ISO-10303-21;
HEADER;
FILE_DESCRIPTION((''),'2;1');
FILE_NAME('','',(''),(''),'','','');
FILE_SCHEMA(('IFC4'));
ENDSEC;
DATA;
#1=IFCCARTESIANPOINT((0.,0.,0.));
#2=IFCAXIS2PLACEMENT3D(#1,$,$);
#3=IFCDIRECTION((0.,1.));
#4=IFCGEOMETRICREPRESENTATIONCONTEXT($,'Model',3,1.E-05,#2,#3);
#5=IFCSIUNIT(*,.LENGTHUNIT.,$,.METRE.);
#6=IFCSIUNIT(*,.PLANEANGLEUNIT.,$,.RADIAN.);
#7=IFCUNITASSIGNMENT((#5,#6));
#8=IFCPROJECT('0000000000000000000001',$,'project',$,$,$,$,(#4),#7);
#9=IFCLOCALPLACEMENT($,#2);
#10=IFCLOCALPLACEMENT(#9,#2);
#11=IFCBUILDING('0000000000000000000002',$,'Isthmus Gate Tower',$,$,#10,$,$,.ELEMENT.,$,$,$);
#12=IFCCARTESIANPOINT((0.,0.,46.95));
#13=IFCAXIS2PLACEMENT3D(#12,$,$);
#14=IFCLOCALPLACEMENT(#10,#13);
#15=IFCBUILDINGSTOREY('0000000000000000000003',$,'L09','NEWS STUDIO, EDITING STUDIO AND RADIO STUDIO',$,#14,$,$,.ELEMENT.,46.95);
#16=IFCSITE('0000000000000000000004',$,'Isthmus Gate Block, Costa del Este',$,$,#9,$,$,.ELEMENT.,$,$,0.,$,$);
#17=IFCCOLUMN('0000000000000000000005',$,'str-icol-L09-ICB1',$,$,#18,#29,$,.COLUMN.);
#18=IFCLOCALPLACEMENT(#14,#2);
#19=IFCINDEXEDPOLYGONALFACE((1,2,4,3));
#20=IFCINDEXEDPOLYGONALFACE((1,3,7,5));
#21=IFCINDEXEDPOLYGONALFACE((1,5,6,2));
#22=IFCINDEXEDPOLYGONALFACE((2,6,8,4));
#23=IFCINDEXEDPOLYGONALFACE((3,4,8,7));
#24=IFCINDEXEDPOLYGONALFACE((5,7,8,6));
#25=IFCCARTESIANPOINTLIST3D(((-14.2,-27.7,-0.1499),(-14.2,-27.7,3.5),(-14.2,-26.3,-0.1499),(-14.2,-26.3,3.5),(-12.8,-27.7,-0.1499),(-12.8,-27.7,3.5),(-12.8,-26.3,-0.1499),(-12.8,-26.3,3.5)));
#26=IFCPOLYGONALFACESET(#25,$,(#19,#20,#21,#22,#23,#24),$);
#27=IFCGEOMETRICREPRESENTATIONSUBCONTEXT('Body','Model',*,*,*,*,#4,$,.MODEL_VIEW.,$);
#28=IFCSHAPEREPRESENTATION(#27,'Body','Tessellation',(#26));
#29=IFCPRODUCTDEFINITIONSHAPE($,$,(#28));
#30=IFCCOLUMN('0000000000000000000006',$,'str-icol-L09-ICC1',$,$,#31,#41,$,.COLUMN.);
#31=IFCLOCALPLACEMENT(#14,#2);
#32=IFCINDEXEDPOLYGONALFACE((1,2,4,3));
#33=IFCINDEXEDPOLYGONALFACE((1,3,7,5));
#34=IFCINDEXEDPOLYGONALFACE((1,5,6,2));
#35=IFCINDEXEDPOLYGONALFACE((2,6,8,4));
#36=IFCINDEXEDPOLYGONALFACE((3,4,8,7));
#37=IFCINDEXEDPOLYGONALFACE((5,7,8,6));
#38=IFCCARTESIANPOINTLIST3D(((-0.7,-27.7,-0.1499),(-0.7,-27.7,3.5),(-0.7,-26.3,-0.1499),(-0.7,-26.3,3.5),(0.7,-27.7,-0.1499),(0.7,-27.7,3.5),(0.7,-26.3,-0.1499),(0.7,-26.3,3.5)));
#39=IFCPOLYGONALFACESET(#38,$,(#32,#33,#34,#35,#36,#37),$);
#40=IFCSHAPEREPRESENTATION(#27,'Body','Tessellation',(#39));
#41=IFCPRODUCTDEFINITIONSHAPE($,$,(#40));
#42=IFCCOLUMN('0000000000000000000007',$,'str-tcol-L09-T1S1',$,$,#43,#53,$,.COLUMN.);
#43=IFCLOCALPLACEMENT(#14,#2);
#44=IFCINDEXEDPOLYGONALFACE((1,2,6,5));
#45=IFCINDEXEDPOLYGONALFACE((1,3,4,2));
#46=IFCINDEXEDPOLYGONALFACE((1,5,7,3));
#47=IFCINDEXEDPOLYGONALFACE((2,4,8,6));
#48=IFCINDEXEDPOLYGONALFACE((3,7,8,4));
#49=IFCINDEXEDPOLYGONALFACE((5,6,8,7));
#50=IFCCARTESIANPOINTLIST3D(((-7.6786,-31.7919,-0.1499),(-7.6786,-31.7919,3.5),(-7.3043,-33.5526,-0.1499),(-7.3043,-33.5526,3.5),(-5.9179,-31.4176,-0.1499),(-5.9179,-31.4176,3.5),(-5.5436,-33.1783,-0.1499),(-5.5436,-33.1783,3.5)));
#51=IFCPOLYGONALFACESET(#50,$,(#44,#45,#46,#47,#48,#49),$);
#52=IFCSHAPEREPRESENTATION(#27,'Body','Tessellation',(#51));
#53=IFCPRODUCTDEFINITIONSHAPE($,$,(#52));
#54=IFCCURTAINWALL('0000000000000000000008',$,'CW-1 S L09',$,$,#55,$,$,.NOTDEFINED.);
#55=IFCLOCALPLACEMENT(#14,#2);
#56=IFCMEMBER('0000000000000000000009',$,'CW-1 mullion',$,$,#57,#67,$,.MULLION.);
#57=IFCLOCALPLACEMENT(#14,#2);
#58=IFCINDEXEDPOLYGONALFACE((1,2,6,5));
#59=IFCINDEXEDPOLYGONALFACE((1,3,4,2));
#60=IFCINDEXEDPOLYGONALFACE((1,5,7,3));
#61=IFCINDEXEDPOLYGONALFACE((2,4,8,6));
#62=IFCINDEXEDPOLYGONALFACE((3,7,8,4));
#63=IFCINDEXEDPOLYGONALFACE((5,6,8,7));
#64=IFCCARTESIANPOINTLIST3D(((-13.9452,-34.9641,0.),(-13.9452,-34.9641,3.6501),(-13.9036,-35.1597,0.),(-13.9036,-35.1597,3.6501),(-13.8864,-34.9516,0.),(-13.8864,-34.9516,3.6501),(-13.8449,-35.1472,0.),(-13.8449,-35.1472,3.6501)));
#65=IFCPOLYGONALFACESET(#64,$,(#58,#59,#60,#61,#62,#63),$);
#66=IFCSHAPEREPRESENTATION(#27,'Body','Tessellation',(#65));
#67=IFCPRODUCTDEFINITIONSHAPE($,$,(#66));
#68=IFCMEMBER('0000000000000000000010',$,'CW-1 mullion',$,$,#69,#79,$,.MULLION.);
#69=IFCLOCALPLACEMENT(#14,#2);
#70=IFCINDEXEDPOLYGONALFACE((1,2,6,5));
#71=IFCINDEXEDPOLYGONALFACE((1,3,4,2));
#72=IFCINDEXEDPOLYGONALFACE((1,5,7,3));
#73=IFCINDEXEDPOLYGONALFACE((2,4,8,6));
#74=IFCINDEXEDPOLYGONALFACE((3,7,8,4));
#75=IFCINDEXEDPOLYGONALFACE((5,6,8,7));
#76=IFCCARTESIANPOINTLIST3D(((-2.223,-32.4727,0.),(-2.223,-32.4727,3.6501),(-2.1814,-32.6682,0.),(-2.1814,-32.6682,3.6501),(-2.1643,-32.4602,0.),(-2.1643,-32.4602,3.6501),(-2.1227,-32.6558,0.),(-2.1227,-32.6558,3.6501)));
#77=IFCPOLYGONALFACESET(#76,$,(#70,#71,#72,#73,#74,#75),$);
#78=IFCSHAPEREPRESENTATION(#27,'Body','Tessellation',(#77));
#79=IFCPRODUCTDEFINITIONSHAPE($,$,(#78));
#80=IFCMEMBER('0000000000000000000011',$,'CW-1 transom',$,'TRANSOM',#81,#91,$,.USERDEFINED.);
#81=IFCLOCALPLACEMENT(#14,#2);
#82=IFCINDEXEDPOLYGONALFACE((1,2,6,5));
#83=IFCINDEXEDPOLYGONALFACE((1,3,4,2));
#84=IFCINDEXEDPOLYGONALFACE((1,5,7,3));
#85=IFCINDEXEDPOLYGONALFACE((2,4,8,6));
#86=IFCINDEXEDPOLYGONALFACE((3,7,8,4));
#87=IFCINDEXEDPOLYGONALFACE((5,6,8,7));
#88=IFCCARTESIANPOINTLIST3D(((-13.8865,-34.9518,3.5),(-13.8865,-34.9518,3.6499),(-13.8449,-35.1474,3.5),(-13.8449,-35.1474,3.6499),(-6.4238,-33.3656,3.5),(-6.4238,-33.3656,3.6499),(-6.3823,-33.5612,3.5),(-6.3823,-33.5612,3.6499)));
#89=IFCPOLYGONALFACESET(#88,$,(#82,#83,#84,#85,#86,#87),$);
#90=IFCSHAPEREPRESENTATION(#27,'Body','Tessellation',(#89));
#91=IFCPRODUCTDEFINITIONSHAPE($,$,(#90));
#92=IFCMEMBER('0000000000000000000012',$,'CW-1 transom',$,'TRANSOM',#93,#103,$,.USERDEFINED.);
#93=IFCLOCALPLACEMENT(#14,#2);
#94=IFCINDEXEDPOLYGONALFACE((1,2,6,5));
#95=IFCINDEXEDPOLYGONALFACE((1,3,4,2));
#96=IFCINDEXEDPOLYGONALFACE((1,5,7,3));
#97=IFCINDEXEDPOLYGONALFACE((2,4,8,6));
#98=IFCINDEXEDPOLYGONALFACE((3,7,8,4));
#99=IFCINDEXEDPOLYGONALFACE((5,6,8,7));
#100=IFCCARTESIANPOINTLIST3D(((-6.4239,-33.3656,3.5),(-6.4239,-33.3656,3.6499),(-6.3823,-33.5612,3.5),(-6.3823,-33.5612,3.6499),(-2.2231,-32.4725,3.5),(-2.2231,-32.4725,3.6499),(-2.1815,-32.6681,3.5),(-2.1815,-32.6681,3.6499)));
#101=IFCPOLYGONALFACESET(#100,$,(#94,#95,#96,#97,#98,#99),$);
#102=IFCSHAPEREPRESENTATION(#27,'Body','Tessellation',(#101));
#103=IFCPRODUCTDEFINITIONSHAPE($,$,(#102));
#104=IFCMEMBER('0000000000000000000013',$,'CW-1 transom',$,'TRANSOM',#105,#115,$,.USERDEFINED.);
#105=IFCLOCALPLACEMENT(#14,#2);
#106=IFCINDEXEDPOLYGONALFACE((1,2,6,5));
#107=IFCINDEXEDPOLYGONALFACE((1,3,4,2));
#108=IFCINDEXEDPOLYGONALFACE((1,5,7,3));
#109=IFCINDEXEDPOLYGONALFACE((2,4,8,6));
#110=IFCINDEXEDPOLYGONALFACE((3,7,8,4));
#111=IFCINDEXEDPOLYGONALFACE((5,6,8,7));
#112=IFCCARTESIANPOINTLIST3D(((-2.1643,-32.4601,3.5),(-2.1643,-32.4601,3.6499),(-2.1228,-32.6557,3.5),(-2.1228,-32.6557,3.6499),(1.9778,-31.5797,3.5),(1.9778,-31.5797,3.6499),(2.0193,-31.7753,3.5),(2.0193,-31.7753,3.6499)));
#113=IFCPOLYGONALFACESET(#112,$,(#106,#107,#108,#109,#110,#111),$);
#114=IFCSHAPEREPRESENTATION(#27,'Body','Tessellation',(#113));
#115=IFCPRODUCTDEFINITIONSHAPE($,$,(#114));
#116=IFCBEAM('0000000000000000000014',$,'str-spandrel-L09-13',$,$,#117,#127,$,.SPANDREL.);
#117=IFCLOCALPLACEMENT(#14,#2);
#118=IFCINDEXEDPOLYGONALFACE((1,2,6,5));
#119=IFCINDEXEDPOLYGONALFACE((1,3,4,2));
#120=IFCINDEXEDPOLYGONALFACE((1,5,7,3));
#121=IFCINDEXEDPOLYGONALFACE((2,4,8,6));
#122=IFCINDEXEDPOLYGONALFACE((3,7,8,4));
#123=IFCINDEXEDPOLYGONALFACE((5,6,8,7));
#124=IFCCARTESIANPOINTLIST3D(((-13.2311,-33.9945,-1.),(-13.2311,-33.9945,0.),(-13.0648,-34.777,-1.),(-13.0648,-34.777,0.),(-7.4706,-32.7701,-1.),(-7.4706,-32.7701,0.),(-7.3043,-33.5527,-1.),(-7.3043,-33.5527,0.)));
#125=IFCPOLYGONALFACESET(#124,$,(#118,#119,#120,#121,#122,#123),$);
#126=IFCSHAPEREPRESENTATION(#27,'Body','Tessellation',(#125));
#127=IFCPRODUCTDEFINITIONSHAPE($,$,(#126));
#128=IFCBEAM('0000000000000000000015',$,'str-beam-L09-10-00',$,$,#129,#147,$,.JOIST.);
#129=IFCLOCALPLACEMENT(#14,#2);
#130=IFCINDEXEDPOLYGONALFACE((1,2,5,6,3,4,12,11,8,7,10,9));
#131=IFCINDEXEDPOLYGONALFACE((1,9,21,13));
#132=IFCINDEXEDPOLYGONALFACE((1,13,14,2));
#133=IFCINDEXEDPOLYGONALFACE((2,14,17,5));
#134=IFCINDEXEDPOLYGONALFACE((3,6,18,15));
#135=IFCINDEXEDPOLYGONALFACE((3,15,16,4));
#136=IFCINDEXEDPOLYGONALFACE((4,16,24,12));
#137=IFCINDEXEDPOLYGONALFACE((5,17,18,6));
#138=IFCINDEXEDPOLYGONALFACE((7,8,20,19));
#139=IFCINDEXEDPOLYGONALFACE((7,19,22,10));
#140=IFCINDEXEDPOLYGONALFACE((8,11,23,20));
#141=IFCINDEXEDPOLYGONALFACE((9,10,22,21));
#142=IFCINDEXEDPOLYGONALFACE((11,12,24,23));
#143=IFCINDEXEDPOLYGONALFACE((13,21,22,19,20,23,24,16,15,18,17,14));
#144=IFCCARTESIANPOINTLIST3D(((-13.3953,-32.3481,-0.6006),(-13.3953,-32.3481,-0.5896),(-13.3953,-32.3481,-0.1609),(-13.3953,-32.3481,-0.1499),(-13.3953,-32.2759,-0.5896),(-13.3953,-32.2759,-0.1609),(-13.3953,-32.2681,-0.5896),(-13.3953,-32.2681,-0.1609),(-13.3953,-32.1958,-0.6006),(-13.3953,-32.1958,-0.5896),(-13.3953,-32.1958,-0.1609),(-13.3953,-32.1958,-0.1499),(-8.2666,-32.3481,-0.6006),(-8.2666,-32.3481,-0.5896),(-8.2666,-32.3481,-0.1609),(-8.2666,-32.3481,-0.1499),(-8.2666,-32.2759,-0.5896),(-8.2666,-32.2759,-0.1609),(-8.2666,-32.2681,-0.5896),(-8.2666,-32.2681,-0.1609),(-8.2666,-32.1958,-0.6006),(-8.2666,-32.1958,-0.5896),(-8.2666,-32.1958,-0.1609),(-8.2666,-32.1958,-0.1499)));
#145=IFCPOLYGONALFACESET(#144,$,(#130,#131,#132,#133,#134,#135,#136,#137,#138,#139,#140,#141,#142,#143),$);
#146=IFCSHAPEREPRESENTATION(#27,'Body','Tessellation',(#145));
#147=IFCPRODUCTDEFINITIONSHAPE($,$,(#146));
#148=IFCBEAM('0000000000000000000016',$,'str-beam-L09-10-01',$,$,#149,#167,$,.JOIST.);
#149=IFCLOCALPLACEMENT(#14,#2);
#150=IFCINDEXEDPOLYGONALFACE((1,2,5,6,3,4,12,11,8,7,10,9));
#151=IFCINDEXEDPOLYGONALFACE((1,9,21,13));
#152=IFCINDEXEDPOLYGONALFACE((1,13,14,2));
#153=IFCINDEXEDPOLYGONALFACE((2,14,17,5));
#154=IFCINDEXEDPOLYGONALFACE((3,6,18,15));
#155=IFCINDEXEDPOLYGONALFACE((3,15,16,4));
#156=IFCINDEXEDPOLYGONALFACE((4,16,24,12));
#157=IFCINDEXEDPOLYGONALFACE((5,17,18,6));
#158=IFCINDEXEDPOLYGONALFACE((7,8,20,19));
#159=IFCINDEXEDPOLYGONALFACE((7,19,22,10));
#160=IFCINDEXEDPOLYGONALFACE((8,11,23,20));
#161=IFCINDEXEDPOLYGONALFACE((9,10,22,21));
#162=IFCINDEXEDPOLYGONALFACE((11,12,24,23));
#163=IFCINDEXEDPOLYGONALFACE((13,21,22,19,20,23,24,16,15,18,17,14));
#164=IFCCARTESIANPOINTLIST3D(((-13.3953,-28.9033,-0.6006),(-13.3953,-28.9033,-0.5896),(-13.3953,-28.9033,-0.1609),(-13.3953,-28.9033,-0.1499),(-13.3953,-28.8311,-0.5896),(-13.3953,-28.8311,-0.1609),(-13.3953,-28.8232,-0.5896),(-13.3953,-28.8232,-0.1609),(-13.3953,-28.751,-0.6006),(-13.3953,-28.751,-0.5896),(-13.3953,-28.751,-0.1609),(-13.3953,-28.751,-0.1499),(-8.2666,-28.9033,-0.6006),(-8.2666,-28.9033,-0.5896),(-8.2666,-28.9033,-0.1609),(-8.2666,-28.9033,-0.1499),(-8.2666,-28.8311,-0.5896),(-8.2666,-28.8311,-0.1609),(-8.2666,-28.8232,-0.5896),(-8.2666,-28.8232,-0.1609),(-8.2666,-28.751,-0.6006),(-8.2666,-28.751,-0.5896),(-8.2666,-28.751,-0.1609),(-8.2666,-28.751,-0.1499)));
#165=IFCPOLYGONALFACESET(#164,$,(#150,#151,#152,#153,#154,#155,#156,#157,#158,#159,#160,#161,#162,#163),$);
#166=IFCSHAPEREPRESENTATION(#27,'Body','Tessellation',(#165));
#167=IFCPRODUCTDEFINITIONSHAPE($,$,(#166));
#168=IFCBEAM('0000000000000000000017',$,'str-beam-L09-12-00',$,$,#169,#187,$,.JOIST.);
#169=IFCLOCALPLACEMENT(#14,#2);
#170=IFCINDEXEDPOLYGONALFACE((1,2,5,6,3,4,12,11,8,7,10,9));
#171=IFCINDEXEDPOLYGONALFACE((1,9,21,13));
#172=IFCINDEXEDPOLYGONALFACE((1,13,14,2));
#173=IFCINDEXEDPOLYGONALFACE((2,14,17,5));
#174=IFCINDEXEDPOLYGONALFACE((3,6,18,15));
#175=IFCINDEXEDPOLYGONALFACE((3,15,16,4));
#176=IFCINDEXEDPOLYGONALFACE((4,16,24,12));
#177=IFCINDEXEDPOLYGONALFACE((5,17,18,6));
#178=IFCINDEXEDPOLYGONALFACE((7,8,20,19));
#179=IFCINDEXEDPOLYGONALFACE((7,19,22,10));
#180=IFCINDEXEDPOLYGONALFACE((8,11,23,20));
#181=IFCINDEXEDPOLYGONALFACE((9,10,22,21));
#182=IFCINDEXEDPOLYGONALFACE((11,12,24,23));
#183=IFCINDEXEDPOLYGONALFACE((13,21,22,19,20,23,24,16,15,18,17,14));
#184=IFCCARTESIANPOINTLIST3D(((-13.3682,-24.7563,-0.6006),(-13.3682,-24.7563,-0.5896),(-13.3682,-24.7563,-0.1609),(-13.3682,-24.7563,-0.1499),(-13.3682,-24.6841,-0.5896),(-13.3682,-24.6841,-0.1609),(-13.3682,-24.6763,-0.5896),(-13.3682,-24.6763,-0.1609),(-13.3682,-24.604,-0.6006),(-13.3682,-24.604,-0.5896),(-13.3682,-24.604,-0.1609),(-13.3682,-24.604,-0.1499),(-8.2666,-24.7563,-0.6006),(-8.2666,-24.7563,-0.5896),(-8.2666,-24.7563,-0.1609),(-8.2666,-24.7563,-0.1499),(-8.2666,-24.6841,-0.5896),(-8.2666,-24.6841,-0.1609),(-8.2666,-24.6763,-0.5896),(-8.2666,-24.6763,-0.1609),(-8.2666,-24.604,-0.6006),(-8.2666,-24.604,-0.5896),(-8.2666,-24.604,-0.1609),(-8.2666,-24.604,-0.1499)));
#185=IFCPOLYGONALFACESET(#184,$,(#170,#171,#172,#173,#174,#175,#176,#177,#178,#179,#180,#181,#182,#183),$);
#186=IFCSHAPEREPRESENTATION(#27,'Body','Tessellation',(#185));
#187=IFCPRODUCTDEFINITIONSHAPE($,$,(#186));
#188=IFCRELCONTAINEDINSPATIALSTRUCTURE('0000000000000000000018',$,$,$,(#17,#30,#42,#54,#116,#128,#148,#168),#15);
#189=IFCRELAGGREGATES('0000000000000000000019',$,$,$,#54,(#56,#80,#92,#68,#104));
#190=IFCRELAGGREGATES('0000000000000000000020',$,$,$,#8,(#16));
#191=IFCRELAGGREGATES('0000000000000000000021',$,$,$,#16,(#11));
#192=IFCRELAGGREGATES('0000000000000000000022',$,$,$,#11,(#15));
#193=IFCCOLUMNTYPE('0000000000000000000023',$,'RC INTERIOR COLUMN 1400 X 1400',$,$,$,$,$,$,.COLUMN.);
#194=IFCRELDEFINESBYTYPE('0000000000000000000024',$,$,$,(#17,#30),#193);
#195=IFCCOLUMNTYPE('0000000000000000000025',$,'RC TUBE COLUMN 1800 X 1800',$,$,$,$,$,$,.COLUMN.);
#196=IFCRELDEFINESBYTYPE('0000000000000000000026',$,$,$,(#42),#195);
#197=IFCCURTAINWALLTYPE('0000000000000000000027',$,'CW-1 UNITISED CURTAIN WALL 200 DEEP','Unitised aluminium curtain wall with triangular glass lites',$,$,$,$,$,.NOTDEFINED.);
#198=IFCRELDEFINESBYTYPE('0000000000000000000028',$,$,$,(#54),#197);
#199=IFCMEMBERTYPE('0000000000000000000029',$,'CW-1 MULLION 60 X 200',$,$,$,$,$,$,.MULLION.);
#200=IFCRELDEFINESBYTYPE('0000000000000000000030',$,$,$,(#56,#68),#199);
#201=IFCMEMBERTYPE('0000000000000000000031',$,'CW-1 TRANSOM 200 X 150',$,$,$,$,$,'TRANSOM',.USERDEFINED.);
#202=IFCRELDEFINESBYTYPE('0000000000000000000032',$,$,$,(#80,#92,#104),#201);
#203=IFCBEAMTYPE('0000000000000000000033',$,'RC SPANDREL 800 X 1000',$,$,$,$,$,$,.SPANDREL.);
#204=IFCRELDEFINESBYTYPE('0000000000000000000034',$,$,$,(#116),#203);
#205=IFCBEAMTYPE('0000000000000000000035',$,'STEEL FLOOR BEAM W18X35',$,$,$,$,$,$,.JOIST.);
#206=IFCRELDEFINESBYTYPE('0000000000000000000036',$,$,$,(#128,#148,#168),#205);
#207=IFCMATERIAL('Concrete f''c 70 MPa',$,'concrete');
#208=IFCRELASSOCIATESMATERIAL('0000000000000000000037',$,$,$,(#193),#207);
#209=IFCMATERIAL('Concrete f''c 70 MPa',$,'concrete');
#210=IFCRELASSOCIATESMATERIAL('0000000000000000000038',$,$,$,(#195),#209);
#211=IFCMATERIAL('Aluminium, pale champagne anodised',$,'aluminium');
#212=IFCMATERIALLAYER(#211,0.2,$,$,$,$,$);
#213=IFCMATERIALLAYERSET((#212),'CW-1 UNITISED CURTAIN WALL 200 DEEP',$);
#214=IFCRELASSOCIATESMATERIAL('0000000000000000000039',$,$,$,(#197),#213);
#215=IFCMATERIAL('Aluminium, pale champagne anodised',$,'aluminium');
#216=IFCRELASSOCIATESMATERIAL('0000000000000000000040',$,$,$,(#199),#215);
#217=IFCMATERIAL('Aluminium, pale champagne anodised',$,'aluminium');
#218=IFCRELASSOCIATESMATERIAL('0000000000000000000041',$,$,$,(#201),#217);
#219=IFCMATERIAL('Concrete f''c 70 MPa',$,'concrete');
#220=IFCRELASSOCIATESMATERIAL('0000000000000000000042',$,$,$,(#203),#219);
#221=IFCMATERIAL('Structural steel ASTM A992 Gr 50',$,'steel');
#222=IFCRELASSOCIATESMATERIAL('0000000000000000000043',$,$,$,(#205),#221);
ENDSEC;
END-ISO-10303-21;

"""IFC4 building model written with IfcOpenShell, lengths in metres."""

from ifc_helpers import new_model, si_unit, direction, frame, origin, origin_2d, place, context, subcontext, project, spatial, rectangle, i_section, extrude, material, layer, layer_set, material_profile, profile_set, type_object, element, aggregate, save


model = new_model("IFC4")

# Units and contexts
model_context = context("Model", 3, precision=1e-05, world=origin(), true_north=direction((0.0, 1.0)))
body_context = subcontext(model_context, "Body", "Model", "MODEL_VIEW")
ifc_project = project(units=[si_unit("LENGTHUNIT", "METRE"), si_unit("PLANEANGLEUNIT", "RADIAN")], contexts=[model_context])

# Site, building, storey
site_placement = place(None, origin())
site = spatial("IfcSite", under=ifc_project, at=site_placement, Name="Isthmus Gate Block, Costa del Este", CompositionType="ELEMENT", RefElevation=0.0)
building_placement = place(site_placement, origin())
building = spatial("IfcBuilding", under=site, at=building_placement, Name="Isthmus Gate Tower", CompositionType="ELEMENT")
storey_placement = place(building_placement, frame((0.0, 0.0, 46.95)))
storey = spatial("IfcBuildingStorey", under=building, at=storey_placement, Name="L09", Description="NEWS STUDIO, EDITING STUDIO AND RADIO STUDIO", CompositionType="ELEMENT", Elevation=46.95)

# Columns
ifc_material_1 = material(Name="Concrete f'c 70 MPa", Category="concrete")
ifc_material_profile_1 = material_profile(ifc_material_1, rectangle(XDim=1.3999, YDim=1.3999, at=origin_2d()), Name="RC 1400X1400")
ifc_profile_set_1 = profile_set([ifc_material_profile_1], Name="Concrete f'c 70 MPa")
column_type_1 = type_object("IfcColumnType", Name="RC INTERIOR COLUMN 1400 X 1400", PredefinedType="COLUMN", material=ifc_profile_set_1)
for number, where, z_axis, x_axis, name in (
    (1, (-13.5, -27.0, -0.1499), (0.0, 0.0, 1.0), (1.0, 0.0, 0.0), "str-icol-L09-ICB1"),
    (2, (0.0, -27.0, -0.1499), (0.0, 0.0, 1.0), (1.0, 0.0, 0.0), "str-icol-L09-ICC1"),
):
    element("IfcColumn", number, at=place(storey_placement, frame(where, z_axis=z_axis, x_axis=x_axis)), inside=storey, type_object=column_type_1, Name=name, PredefinedType="COLUMN", context=body_context, shape_type="SweptSolid", body=[
        extrude(rectangle(XDim=1.3999, YDim=1.3999, at=origin_2d()), origin(), (0.0, 0.0, 1.0), 3.6499),
    ])
ifc_material_2 = material(Name="Concrete f'c 70 MPa", Category="concrete")
ifc_material_profile_2 = material_profile(ifc_material_2, rectangle(XDim=1.8, YDim=1.8, at=origin_2d()), Name="RC 1800X1800")
ifc_profile_set_2 = profile_set([ifc_material_profile_2], Name="Concrete f'c 70 MPa")
column_type_2 = type_object("IfcColumnType", Name="RC TUBE COLUMN 1800 X 1800", PredefinedType="COLUMN", material=ifc_profile_set_2)
column_placement = place(storey_placement, frame((-6.6111, -32.4851, -0.1499), z_axis=(0.0, 0.0, 1.0), x_axis=(0.978148, 0.207912, 0.0)))
element("IfcColumn", 3, at=column_placement, inside=storey, type_object=column_type_2, Name="str-tcol-L09-T1S1", PredefinedType="COLUMN", context=body_context, shape_type="SweptSolid", body=[
    extrude(rectangle(XDim=1.8, YDim=1.8, at=origin_2d()), origin(), (0.0, 0.0, 1.0), 3.6499),
])

# Curtain wall, members
ifc_material_3 = material(Name="Aluminium, pale champagne anodised", Category="aluminium")
ifc_layer_1 = layer(ifc_material_3, 0.2)
ifc_layer_set_1 = layer_set([ifc_layer_1], Name="CW-1 UNITISED CURTAIN WALL 200 DEEP")
curtain_wall_type = type_object("IfcCurtainWallType", Name="CW-1 UNITISED CURTAIN WALL 200 DEEP", Description="Unitised aluminium curtain wall with triangular glass lites", PredefinedType="NOTDEFINED", material=ifc_layer_set_1)
curtain_wall_placement = place(storey_placement, origin())
curtain_wall = element("IfcCurtainWall", 4, at=curtain_wall_placement, inside=storey, type_object=curtain_wall_type, Name="CW-1 S L09", PredefinedType="NOTDEFINED")
ifc_material_4 = material(Name="Aluminium, pale champagne anodised", Category="aluminium")
ifc_material_profile_3 = material_profile(ifc_material_4, rectangle(XDim=0.0601, YDim=0.2, at=origin_2d()), Name="60x200")
ifc_profile_set_3 = profile_set([ifc_material_profile_3], Name="Aluminium, pale champagne anodised")
member_type_1 = type_object("IfcMemberType", Name="CW-1 MULLION 60 X 200", PredefinedType="MULLION", material=ifc_profile_set_3)
member_1_placement = place(storey_placement, frame((-13.895, -35.0557, 0.0), z_axis=(0.0, 0.0, 1.0), x_axis=(0.978148, 0.207912, 0.0)))
member_1 = element("IfcMember", 5, at=member_1_placement, type_object=member_type_1, Name="CW-1 mullion", PredefinedType="MULLION", context=body_context, shape_type="SweptSolid", body=[
    extrude(rectangle(XDim=0.0601, YDim=0.2, at=origin_2d()), origin(), (0.0, 0.0, 1.0), 3.6501),
])
member_2_placement = place(storey_placement, frame((-2.1729, -32.5642, 0.0), z_axis=(0.0, 0.0, 1.0), x_axis=(0.978148, 0.207912, 0.0)))
member_2 = element("IfcMember", 6, at=member_2_placement, type_object=member_type_1, Name="CW-1 mullion", PredefinedType="MULLION", context=body_context, shape_type="SweptSolid", body=[
    extrude(rectangle(XDim=0.0601, YDim=0.2, at=origin_2d()), origin(), (0.0, 0.0, 1.0), 3.6501),
])
ifc_material_5 = material(Name="Aluminium, pale champagne anodised", Category="aluminium")
ifc_material_profile_4 = material_profile(ifc_material_5, rectangle(XDim=0.2, YDim=0.1499, at=origin_2d()), Name="200x150")
ifc_profile_set_4 = profile_set([ifc_material_profile_4], Name="Aluminium, pale champagne anodised")
member_type_2 = type_object("IfcMemberType", Name="CW-1 TRANSOM 200 X 150", ElementType="TRANSOM", PredefinedType="USERDEFINED", material=ifc_profile_set_4)
member_3_placement = place(storey_placement, frame((-13.8657, -35.0496, 3.575), z_axis=(0.978149, 0.207905, 0.0), x_axis=(-0.207905, 0.978149, 0.0)))
member_3 = element("IfcMember", 7, at=member_3_placement, type_object=member_type_2, Name="CW-1 transom", ObjectType="TRANSOM", PredefinedType="USERDEFINED", context=body_context, shape_type="SweptSolid", body=[
    extrude(rectangle(XDim=0.2, YDim=0.1499, at=origin_2d()), origin(), (0.0, 0.0, 1.0), 7.6294),
])
member_4_placement = place(storey_placement, frame((-6.4031, -33.4634, 3.575), z_axis=(0.978139, 0.207953, 0.0), x_axis=(-0.207953, 0.978139, 0.0)))
member_4 = element("IfcMember", 8, at=member_4_placement, type_object=member_type_2, Name="CW-1 transom", ObjectType="TRANSOM", PredefinedType="USERDEFINED", context=body_context, shape_type="SweptSolid", body=[
    extrude(rectangle(XDim=0.2, YDim=0.1499, at=origin_2d()), origin(), (0.0, 0.0, 1.0), 4.2947),
])
member_5_placement = place(storey_placement, frame((-2.1436, -32.5579, 3.575), z_axis=(0.97815, 0.207899, 0.0), x_axis=(-0.207899, 0.97815, 0.0)))
member_5 = element("IfcMember", 9, at=member_5_placement, type_object=member_type_2, Name="CW-1 transom", ObjectType="TRANSOM", PredefinedType="USERDEFINED", context=body_context, shape_type="SweptSolid", body=[
    extrude(rectangle(XDim=0.2, YDim=0.1499, at=origin_2d()), origin(), (0.0, 0.0, 1.0), 4.2346),
])

# Beams
ifc_material_6 = material(Name="Concrete f'c 70 MPa", Category="concrete")
ifc_material_profile_5 = material_profile(ifc_material_6, rectangle(XDim=0.8, YDim=1.0, at=origin_2d()), Name="RC 800X1000")
ifc_profile_set_5 = profile_set([ifc_material_profile_5], Name="Concrete f'c 70 MPa")
beam_type_1 = type_object("IfcBeamType", Name="RC SPANDREL 800 X 1000", PredefinedType="SPANDREL", material=ifc_profile_set_5)
beam_1_placement = place(storey_placement, frame((-7.3875, -33.1614, -0.5), z_axis=(-0.97815, -0.207901, 0.0), x_axis=(0.207901, -0.97815, 0.0)))
element("IfcBeam", 10, at=beam_1_placement, inside=storey, type_object=beam_type_1, Name="str-spandrel-L09-13", PredefinedType="SPANDREL", context=body_context, shape_type="SweptSolid", body=[
    extrude(rectangle(XDim=0.8, YDim=1.0, at=origin_2d()), origin(), (0.0, 0.0, 1.0), 5.8892),
])
ifc_material_7 = material(Name="Structural steel ASTM A992 Gr 50", Category="steel")
ifc_material_profile_6 = material_profile(ifc_material_7, i_section(OverallWidth=0.1523, OverallDepth=0.4507, WebThickness=0.0078, FlangeThickness=0.011, at=origin_2d()), Name="W18X35")
ifc_profile_set_6 = profile_set([ifc_material_profile_6], Name="Structural steel ASTM A992 Gr 50")
beam_type_2 = type_object("IfcBeamType", Name="STEEL FLOOR BEAM W18X35", PredefinedType="JOIST", material=ifc_profile_set_6)
for number, where, z_axis, x_axis, name in (
    (11, (-13.3953, -32.272, -0.3752), (1.0, 0.0, 0.0), (0.0, 1.0, 0.0), "str-beam-L09-10-00"),
    (12, (-13.3953, -28.8271, -0.3752), (1.0, 0.0, 0.0), (0.0, 1.0, 0.0), "str-beam-L09-10-01"),
):
    element("IfcBeam", number, at=place(storey_placement, frame(where, z_axis=z_axis, x_axis=x_axis)), inside=storey, type_object=beam_type_2, Name=name, PredefinedType="JOIST", context=body_context, shape_type="SweptSolid", body=[
        extrude(i_section(OverallWidth=0.1523, OverallDepth=0.4507, WebThickness=0.0078, FlangeThickness=0.011, at=origin_2d()), origin(), (0.0, 0.0, 1.0), 5.1287),
    ])
for number, where, z_axis, x_axis, name in (
    (13, (-13.3682, -24.6802, -0.3752), (1.0, 0.0, 0.0), (0.0, 1.0, 0.0), "str-beam-L09-12-00"),
):
    element("IfcBeam", number, at=place(storey_placement, frame(where, z_axis=z_axis, x_axis=x_axis)), inside=storey, type_object=beam_type_2, Name=name, PredefinedType="JOIST", context=body_context, shape_type="SweptSolid", body=[
        extrude(i_section(OverallWidth=0.1523, OverallDepth=0.4507, WebThickness=0.0078, FlangeThickness=0.011, at=origin_2d()), origin(), (0.0, 0.0, 1.0), 5.1016),
    ])

aggregate(curtain_wall, [member_1, member_3, member_4, member_2, member_5])

save(model, "model.ifc")
